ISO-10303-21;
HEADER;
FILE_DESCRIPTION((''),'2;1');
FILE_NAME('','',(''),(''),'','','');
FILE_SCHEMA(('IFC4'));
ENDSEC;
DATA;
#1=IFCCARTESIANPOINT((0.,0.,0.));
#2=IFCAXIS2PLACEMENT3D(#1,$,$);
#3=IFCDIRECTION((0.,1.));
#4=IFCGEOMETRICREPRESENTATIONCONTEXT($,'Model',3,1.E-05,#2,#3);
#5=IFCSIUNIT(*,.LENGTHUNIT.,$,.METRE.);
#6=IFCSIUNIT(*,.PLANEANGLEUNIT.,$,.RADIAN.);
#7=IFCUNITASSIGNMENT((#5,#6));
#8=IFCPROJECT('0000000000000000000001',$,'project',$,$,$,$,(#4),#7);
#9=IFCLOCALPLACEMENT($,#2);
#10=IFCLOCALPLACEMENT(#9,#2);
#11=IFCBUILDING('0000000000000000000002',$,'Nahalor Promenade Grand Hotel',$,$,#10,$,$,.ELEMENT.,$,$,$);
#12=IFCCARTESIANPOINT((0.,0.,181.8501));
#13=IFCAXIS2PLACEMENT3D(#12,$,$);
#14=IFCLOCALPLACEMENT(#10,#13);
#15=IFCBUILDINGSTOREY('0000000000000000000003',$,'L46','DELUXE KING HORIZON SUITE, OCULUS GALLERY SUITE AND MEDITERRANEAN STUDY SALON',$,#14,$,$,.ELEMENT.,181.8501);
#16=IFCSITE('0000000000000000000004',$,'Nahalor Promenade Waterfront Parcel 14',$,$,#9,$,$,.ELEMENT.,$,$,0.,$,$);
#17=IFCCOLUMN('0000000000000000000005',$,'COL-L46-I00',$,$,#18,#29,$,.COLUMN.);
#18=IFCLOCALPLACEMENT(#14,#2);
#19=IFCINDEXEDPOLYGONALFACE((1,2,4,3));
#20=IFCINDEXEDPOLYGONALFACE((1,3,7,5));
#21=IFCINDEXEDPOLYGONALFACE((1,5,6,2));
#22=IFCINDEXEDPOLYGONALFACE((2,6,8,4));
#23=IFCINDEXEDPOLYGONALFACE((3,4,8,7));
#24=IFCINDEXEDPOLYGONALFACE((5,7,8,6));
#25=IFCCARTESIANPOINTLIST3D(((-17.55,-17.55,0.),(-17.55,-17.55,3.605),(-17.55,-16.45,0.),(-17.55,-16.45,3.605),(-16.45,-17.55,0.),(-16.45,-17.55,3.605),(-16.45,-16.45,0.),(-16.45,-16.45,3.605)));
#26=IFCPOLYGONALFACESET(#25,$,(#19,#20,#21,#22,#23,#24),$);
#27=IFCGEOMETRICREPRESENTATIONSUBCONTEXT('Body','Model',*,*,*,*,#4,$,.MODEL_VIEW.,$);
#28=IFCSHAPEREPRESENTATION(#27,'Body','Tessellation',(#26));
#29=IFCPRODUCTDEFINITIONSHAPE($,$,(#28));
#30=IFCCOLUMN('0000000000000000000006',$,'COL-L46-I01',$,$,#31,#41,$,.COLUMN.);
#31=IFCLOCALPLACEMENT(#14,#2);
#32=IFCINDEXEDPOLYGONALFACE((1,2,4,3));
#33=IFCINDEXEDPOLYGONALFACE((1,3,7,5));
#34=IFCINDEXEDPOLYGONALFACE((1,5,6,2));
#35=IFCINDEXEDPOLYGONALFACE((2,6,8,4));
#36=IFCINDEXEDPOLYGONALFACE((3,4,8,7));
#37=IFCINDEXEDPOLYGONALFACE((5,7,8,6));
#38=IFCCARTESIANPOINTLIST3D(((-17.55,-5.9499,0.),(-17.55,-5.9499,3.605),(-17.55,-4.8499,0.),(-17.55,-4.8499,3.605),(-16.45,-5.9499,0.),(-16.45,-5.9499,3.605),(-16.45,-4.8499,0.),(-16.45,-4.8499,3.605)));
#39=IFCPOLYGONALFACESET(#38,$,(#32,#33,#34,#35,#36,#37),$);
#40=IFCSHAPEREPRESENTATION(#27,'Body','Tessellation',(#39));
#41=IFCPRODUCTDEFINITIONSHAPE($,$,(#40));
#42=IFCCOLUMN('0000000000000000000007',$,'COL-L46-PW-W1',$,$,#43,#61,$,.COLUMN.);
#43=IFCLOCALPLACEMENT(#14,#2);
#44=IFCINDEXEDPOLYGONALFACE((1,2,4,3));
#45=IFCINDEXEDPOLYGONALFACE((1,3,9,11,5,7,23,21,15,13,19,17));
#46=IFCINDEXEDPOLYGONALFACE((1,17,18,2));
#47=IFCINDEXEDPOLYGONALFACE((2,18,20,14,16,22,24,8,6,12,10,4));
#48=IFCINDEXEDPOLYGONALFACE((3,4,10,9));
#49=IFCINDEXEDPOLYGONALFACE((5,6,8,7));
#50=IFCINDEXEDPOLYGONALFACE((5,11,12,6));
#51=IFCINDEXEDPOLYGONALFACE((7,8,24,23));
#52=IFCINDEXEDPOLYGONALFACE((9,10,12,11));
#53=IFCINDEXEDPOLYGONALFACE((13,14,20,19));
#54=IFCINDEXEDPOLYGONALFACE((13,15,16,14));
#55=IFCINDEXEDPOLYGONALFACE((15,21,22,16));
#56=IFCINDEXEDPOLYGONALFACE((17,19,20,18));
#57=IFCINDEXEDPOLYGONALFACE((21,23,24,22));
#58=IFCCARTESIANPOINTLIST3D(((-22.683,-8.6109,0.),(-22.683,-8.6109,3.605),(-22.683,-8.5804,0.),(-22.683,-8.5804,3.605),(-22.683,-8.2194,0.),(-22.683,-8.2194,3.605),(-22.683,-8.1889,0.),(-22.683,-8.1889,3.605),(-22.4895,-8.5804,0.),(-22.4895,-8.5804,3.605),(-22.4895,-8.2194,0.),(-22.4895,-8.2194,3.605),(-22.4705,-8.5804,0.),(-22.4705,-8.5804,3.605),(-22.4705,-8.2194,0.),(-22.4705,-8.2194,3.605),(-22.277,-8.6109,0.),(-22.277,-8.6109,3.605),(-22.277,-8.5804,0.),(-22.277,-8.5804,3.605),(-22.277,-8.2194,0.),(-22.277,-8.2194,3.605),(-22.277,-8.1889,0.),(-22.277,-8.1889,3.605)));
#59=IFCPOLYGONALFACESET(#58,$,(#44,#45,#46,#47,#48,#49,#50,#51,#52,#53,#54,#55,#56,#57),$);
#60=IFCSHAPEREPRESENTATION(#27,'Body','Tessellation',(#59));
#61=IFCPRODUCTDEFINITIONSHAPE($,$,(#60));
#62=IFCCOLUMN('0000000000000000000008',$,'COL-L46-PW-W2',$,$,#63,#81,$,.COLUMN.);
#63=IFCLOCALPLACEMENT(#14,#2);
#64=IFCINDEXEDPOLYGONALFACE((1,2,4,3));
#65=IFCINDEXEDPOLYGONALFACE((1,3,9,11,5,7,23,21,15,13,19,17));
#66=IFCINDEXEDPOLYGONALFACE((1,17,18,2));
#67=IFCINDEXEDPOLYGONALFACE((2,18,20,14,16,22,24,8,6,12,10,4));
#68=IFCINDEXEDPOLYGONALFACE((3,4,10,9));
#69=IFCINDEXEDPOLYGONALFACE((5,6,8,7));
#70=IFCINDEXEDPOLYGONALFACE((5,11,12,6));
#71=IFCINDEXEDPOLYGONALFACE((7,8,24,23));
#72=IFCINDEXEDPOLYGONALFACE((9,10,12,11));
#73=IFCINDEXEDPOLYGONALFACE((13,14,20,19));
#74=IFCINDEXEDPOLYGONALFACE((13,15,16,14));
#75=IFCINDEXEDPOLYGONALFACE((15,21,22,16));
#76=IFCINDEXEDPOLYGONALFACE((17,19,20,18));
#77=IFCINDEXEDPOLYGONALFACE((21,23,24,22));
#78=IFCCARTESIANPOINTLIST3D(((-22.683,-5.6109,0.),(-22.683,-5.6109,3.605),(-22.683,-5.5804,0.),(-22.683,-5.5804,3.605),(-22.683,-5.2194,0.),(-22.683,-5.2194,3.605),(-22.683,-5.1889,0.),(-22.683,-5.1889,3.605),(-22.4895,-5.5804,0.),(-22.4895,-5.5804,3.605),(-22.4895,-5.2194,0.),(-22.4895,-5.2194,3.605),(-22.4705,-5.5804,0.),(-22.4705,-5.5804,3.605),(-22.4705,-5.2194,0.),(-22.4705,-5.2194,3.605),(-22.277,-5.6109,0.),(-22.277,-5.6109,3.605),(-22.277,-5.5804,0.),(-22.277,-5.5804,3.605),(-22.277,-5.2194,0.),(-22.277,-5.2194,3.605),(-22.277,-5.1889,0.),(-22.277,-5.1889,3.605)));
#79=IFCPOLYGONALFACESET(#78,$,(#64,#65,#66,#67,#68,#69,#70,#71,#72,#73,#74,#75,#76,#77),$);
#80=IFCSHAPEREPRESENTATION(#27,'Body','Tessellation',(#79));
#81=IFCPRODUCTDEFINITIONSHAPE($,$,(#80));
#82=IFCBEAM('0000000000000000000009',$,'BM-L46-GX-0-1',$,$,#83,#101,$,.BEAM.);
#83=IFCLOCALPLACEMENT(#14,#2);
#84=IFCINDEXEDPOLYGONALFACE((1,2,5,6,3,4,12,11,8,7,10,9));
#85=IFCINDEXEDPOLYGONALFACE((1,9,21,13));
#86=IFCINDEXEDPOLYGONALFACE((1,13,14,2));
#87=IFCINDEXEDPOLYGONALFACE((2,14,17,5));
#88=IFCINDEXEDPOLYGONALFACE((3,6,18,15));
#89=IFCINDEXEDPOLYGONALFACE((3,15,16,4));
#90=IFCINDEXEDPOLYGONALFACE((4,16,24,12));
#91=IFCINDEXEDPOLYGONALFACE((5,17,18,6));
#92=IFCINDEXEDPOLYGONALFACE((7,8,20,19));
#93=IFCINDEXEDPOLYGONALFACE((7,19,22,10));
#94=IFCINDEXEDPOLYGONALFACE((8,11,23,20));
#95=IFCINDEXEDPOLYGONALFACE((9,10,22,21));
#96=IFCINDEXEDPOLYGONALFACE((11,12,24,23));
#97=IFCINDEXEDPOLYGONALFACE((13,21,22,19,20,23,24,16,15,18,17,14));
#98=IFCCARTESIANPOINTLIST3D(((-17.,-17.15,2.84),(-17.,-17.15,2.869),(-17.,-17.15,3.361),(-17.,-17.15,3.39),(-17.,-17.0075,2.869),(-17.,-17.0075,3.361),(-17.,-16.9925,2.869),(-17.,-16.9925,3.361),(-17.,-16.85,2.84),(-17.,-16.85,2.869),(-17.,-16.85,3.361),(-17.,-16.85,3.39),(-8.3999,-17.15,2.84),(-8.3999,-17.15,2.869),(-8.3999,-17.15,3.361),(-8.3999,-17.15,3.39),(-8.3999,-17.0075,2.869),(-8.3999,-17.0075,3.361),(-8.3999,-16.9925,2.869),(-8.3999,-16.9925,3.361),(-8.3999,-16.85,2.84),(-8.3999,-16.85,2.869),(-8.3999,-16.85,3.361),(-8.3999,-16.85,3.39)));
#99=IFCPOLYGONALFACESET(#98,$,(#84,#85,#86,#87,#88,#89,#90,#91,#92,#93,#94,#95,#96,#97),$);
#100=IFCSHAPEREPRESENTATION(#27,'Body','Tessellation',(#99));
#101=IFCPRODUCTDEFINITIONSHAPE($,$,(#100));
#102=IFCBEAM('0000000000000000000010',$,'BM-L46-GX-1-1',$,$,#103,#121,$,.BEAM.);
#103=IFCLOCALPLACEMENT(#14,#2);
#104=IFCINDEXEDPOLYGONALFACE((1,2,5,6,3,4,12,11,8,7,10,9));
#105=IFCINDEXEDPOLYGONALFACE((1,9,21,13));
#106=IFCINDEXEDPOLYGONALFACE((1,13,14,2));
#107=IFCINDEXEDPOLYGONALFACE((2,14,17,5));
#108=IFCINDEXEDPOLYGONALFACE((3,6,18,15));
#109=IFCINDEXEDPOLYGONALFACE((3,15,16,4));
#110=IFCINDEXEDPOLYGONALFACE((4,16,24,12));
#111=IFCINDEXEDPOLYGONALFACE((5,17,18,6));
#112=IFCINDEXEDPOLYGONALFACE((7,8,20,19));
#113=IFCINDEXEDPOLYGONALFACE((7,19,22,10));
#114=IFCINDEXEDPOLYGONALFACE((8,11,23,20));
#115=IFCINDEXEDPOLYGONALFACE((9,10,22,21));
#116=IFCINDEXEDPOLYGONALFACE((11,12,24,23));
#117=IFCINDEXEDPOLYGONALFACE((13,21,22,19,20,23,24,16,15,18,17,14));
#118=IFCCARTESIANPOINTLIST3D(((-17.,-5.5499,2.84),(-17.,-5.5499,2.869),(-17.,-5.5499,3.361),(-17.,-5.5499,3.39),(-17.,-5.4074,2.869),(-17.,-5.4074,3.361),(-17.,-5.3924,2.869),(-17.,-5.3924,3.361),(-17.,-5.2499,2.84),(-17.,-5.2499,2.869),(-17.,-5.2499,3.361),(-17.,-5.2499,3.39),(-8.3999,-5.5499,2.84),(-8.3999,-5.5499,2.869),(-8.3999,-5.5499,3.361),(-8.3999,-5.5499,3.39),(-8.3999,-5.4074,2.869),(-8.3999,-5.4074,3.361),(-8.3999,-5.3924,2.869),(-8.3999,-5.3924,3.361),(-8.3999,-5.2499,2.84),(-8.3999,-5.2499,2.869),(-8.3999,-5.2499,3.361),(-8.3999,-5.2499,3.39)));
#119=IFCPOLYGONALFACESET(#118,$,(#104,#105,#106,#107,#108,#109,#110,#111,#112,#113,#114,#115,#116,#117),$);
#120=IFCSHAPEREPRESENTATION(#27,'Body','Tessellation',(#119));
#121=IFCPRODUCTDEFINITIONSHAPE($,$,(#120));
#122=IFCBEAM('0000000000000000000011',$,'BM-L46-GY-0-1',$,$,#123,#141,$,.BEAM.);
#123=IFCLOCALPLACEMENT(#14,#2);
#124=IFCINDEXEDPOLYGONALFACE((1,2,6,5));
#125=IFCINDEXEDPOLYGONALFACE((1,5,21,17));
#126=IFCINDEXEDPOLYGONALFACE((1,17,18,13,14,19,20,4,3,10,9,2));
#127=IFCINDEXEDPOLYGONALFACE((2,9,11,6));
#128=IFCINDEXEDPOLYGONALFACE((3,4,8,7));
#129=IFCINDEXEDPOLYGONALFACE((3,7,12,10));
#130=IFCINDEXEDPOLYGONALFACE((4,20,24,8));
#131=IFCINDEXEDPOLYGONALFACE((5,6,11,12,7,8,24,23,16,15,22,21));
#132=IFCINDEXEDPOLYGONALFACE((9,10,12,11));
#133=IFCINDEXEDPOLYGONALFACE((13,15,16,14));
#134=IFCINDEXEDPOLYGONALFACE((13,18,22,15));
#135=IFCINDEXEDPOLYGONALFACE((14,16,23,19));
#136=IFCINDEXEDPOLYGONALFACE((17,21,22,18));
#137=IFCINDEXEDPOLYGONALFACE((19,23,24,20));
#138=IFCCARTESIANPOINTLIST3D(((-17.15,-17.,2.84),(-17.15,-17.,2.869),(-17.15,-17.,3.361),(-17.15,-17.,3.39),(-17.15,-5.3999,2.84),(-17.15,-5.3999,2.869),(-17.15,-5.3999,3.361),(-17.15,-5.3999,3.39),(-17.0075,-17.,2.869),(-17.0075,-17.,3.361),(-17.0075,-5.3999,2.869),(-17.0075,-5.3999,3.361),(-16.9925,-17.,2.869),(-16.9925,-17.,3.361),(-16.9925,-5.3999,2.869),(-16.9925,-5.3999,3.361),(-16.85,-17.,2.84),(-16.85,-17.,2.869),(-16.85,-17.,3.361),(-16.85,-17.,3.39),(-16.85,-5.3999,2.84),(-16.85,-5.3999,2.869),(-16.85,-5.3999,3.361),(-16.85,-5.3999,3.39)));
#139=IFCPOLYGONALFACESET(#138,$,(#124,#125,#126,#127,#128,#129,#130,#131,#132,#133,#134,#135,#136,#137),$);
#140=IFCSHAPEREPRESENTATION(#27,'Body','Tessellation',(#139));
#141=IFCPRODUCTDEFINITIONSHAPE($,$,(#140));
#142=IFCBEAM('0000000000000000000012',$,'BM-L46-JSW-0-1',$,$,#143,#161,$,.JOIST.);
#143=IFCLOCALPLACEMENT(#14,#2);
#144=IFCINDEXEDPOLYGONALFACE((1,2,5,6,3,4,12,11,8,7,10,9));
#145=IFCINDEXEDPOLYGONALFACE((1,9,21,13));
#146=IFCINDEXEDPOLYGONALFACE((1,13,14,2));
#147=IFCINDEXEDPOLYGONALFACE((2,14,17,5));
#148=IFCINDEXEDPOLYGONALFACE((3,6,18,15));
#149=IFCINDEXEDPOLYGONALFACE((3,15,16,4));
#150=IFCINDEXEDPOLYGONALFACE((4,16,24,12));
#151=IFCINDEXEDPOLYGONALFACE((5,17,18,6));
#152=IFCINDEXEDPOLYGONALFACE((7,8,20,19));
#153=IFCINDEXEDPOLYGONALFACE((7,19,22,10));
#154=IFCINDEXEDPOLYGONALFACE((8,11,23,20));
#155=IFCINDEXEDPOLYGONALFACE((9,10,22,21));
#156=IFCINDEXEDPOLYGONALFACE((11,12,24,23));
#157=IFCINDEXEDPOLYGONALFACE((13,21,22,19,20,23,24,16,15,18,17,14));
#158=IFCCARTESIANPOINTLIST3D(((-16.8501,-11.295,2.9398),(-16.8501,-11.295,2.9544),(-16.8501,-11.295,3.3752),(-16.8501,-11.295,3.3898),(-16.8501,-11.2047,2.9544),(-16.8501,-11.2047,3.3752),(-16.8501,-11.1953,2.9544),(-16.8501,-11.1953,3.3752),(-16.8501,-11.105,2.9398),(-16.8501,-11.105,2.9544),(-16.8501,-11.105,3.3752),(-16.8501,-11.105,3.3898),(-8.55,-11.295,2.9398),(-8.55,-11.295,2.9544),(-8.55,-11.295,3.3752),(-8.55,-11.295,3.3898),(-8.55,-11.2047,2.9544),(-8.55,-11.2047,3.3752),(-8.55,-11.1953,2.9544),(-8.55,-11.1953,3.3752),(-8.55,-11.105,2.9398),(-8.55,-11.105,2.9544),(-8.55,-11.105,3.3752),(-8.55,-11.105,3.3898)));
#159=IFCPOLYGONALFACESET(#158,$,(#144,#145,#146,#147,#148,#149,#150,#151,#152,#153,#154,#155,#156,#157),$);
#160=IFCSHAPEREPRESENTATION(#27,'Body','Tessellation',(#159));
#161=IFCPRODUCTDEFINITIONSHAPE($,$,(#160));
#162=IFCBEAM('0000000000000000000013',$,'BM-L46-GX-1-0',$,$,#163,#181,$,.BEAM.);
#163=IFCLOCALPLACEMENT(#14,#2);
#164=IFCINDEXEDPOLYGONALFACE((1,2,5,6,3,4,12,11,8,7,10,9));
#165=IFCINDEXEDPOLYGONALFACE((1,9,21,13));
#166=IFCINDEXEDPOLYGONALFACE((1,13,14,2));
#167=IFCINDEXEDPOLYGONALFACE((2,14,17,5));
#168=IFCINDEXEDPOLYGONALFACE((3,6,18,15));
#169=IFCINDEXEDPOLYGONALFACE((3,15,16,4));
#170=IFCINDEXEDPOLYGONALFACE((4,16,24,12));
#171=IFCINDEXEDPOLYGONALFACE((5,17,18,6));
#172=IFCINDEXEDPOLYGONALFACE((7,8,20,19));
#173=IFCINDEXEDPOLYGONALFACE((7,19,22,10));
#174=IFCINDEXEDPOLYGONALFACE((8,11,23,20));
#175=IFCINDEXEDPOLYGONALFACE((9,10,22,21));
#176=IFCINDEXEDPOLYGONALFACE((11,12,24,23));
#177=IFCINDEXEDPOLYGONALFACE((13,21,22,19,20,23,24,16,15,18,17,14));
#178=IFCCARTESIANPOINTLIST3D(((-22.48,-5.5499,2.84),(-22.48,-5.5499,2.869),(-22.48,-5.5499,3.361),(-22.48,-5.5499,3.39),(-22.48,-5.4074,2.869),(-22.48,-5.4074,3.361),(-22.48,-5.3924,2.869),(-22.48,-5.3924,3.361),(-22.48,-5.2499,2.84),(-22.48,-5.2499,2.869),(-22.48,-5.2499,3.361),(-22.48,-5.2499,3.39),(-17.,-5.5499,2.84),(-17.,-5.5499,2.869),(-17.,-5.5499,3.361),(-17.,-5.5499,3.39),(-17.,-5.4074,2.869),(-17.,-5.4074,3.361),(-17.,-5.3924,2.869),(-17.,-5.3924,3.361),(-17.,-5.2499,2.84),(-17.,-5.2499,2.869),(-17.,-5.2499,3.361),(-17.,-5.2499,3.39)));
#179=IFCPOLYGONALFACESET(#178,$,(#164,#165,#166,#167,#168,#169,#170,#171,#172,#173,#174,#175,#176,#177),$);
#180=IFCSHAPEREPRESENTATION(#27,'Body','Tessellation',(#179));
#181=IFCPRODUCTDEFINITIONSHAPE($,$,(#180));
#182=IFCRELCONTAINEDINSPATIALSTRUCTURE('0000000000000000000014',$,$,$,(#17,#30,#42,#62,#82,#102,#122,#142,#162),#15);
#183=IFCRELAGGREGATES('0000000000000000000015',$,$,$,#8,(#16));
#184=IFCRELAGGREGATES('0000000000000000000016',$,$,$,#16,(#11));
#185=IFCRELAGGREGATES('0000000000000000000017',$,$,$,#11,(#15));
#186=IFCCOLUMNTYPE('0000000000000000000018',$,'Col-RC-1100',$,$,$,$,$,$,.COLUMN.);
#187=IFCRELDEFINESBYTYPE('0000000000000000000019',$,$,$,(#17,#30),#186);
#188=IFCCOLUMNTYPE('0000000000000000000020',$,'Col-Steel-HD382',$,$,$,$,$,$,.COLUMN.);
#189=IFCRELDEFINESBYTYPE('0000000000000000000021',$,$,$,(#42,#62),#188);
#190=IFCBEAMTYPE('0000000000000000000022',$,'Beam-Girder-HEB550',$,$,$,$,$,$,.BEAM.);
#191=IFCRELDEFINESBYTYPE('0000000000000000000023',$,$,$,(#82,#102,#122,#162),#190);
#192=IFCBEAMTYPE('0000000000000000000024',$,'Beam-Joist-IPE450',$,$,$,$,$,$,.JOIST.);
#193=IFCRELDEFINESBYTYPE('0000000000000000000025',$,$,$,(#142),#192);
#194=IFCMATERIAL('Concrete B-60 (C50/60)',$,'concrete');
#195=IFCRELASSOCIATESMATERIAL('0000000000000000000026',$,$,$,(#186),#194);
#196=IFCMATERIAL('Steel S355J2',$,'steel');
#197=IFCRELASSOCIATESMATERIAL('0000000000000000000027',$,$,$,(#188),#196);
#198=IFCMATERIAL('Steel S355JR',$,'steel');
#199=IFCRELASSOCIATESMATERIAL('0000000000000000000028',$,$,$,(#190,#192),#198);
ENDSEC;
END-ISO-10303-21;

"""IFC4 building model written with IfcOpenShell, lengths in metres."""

from ifc_helpers import new_model, si_unit, direction, frame, origin, origin_2d, place, context, subcontext, project, spatial, rectangle, i_section, extrude, source, transform, mapped, material, material_profile, profile_set, type_object, element, save


model = new_model("IFC4")

# Units and contexts
model_context = context("Model", 3, precision=1e-05, world=origin(), true_north=direction((0.0, 1.0)))
body_context = subcontext(model_context, "Body", "Model", "MODEL_VIEW")
ifc_project = project(units=[si_unit("LENGTHUNIT", "METRE"), si_unit("PLANEANGLEUNIT", "RADIAN")], contexts=[model_context])

# Site, building, storey
site_placement = place(None, origin())
site = spatial("IfcSite", under=ifc_project, at=site_placement, Name="Nahalor Promenade Waterfront Parcel 14", CompositionType="ELEMENT", RefElevation=0.0)
building_placement = place(site_placement, origin())
building = spatial("IfcBuilding", under=site, at=building_placement, Name="Nahalor Promenade Grand Hotel", CompositionType="ELEMENT")
storey_placement = place(building_placement, frame((0.0, 0.0, 181.8501)))
storey = spatial("IfcBuildingStorey", under=building, at=storey_placement, Name="L46", Description="DELUXE KING HORIZON SUITE, OCULUS GALLERY SUITE AND MEDITERRANEAN STUDY SALON", CompositionType="ELEMENT", Elevation=181.8501)

# Columns
ifc_material_1 = material(Name="Concrete B-60 (C50/60)", Category="concrete")
ifc_material_profile_1 = material_profile(ifc_material_1, rectangle(XDim=1.1, YDim=1.1, at=origin_2d()), Name="RC 1100x1100")
ifc_profile_set_1 = profile_set([ifc_material_profile_1], Name="Concrete B-60 (C50/60)")
column_type_1 = type_object("IfcColumnType", Name="Col-RC-1100", PredefinedType="COLUMN", material=ifc_profile_set_1)
shared_shape_1 = source(origin(), body_context, "Body", "SweptSolid", [
    extrude(rectangle(XDim=1.1, YDim=1.1, at=origin_2d()), origin(), (0.0, 0.0, 1.0), 3.605),
])
for number, where, z_axis, x_axis, name in (
    (1, (-17.0, -17.0, 0.0), (0.0, 0.0, 1.0), (1.0, 0.0, 0.0), "COL-L46-I00"),
    (2, (-17.0, -5.3999, 0.0), (0.0, 0.0, 1.0), (1.0, 0.0, 0.0), "COL-L46-I01"),
):
    element("IfcColumn", number, at=place(storey_placement, frame(where, z_axis=z_axis, x_axis=x_axis)), inside=storey, type_object=column_type_1, Name=name, PredefinedType="COLUMN", context=body_context, shape_type="MappedRepresentation", body=[
        mapped(shared_shape_1, transform((0.0, 0.0, 0.0), scale=1.0)),
    ])
ifc_material_2 = material(Name="Steel S355J2", Category="steel")
ifc_material_profile_2 = material_profile(ifc_material_2, i_section(OverallWidth=0.406, OverallDepth=0.422, WebThickness=0.019, FlangeThickness=0.0305, at=origin_2d()), Name="HD 400x382")
ifc_profile_set_2 = profile_set([ifc_material_profile_2], Name="Steel S355J2")
column_type_2 = type_object("IfcColumnType", Name="Col-Steel-HD382", PredefinedType="COLUMN", material=ifc_profile_set_2)
shared_shape_2 = source(origin(), body_context, "Body", "SweptSolid", [
    extrude(i_section(OverallWidth=0.406, OverallDepth=0.422, WebThickness=0.019, FlangeThickness=0.0305, at=origin_2d()), origin(), (0.0, 0.0, 1.0), 3.605),
])
for number, where, z_axis, x_axis, name in (
    (3, (-22.48, -8.3999, 0.0), (0.0, 0.0, 1.0), (1.0, 0.0, 0.0), "COL-L46-PW-W1"),
    (4, (-22.48, -5.3999, 0.0), (0.0, 0.0, 1.0), (1.0, 0.0, 0.0), "COL-L46-PW-W2"),
):
    element("IfcColumn", number, at=place(storey_placement, frame(where, z_axis=z_axis, x_axis=x_axis)), inside=storey, type_object=column_type_2, Name=name, PredefinedType="COLUMN", context=body_context, shape_type="MappedRepresentation", body=[
        mapped(shared_shape_2, transform((0.0, 0.0, 0.0), scale=1.0)),
    ])

# Beams
ifc_material_3 = material(Name="Steel S355JR", Category="steel")
ifc_material_profile_3 = material_profile(ifc_material_3, i_section(OverallWidth=0.3, OverallDepth=0.55, WebThickness=0.015, FlangeThickness=0.029, at=origin_2d()), Name="HEB 550")
ifc_profile_set_3 = profile_set([ifc_material_profile_3], Name="Steel S355JR")
beam_type_1 = type_object("IfcBeamType", Name="Beam-Girder-HEB550", PredefinedType="BEAM", material=ifc_profile_set_3)
shared_shape_3 = source(origin(), body_context, "Body", "SweptSolid", [
    extrude(i_section(OverallWidth=0.3, OverallDepth=0.55, WebThickness=0.015, FlangeThickness=0.029, at=origin_2d()), origin(), (0.0, 0.0, 1.0), 8.6001),
])
for number, where, z_axis, x_axis, name in (
    (5, (-17.0, -17.0, 3.115), (1.0, 0.0, 0.0), (0.0, 1.0, 0.0), "BM-L46-GX-0-1"),
    (6, (-17.0, -5.3999, 3.115), (1.0, 0.0, 0.0), (0.0, 1.0, 0.0), "BM-L46-GX-1-1"),
):
    element("IfcBeam", number, at=place(storey_placement, frame(where, z_axis=z_axis, x_axis=x_axis)), inside=storey, type_object=beam_type_1, Name=name, PredefinedType="BEAM", context=body_context, shape_type="MappedRepresentation", body=[
        mapped(shared_shape_3, transform((0.0, 0.0, 0.0), scale=1.0)),
    ])
shared_shape_4 = source(origin(), body_context, "Body", "SweptSolid", [
    extrude(i_section(OverallWidth=0.3, OverallDepth=0.55, WebThickness=0.015, FlangeThickness=0.029, at=origin_2d()), origin(), (0.0, 0.0, 1.0), 11.6001),
])
beam_1_placement = place(storey_placement, frame((-17.0, -17.0, 3.115), z_axis=(0.0, 1.0, 0.0), x_axis=(-1.0, 0.0, 0.0)))
element("IfcBeam", 7, at=beam_1_placement, inside=storey, type_object=beam_type_1, Name="BM-L46-GY-0-1", PredefinedType="BEAM", context=body_context, shape_type="MappedRepresentation", body=[
    mapped(shared_shape_4, transform((0.0, 0.0, 0.0), scale=1.0)),
])
ifc_material_profile_4 = material_profile(ifc_material_3, i_section(OverallWidth=0.19, OverallDepth=0.45, WebThickness=0.0094, FlangeThickness=0.0146, at=origin_2d()), Name="IPE 450")
ifc_profile_set_4 = profile_set([ifc_material_profile_4], Name="Steel S355JR")
beam_type_2 = type_object("IfcBeamType", Name="Beam-Joist-IPE450", PredefinedType="JOIST", material=ifc_profile_set_4)
shared_shape_5 = source(origin(), body_context, "Body", "SweptSolid", [
    extrude(i_section(OverallWidth=0.19, OverallDepth=0.45, WebThickness=0.0094, FlangeThickness=0.0146, at=origin_2d()), origin(), (0.0, 0.0, 1.0), 8.3),
])
beam_2_placement = place(storey_placement, frame((-16.8501, -11.2, 3.1648), z_axis=(1.0, 0.0, 0.0), x_axis=(0.0, 1.0, 0.0)))
element("IfcBeam", 8, at=beam_2_placement, inside=storey, type_object=beam_type_2, Name="BM-L46-JSW-0-1", PredefinedType="JOIST", context=body_context, shape_type="MappedRepresentation", body=[
    mapped(shared_shape_5, transform((0.0, 0.0, 0.0), scale=1.0)),
])
shared_shape_6 = source(origin(), body_context, "Body", "SweptSolid", [
    extrude(i_section(OverallWidth=0.3, OverallDepth=0.55, WebThickness=0.015, FlangeThickness=0.029, at=origin_2d()), origin(), (0.0, 0.0, 1.0), 5.48),
])
beam_3_placement = place(storey_placement, frame((-22.48, -5.3999, 3.115), z_axis=(1.0, 0.0, 0.0), x_axis=(0.0, 1.0, 0.0)))
element("IfcBeam", 9, at=beam_3_placement, inside=storey, type_object=beam_type_1, Name="BM-L46-GX-1-0", PredefinedType="BEAM", context=body_context, shape_type="MappedRepresentation", body=[
    mapped(shared_shape_6, transform((0.0, 0.0, 0.0), scale=1.0)),
])

save(model, "model.ifc")
